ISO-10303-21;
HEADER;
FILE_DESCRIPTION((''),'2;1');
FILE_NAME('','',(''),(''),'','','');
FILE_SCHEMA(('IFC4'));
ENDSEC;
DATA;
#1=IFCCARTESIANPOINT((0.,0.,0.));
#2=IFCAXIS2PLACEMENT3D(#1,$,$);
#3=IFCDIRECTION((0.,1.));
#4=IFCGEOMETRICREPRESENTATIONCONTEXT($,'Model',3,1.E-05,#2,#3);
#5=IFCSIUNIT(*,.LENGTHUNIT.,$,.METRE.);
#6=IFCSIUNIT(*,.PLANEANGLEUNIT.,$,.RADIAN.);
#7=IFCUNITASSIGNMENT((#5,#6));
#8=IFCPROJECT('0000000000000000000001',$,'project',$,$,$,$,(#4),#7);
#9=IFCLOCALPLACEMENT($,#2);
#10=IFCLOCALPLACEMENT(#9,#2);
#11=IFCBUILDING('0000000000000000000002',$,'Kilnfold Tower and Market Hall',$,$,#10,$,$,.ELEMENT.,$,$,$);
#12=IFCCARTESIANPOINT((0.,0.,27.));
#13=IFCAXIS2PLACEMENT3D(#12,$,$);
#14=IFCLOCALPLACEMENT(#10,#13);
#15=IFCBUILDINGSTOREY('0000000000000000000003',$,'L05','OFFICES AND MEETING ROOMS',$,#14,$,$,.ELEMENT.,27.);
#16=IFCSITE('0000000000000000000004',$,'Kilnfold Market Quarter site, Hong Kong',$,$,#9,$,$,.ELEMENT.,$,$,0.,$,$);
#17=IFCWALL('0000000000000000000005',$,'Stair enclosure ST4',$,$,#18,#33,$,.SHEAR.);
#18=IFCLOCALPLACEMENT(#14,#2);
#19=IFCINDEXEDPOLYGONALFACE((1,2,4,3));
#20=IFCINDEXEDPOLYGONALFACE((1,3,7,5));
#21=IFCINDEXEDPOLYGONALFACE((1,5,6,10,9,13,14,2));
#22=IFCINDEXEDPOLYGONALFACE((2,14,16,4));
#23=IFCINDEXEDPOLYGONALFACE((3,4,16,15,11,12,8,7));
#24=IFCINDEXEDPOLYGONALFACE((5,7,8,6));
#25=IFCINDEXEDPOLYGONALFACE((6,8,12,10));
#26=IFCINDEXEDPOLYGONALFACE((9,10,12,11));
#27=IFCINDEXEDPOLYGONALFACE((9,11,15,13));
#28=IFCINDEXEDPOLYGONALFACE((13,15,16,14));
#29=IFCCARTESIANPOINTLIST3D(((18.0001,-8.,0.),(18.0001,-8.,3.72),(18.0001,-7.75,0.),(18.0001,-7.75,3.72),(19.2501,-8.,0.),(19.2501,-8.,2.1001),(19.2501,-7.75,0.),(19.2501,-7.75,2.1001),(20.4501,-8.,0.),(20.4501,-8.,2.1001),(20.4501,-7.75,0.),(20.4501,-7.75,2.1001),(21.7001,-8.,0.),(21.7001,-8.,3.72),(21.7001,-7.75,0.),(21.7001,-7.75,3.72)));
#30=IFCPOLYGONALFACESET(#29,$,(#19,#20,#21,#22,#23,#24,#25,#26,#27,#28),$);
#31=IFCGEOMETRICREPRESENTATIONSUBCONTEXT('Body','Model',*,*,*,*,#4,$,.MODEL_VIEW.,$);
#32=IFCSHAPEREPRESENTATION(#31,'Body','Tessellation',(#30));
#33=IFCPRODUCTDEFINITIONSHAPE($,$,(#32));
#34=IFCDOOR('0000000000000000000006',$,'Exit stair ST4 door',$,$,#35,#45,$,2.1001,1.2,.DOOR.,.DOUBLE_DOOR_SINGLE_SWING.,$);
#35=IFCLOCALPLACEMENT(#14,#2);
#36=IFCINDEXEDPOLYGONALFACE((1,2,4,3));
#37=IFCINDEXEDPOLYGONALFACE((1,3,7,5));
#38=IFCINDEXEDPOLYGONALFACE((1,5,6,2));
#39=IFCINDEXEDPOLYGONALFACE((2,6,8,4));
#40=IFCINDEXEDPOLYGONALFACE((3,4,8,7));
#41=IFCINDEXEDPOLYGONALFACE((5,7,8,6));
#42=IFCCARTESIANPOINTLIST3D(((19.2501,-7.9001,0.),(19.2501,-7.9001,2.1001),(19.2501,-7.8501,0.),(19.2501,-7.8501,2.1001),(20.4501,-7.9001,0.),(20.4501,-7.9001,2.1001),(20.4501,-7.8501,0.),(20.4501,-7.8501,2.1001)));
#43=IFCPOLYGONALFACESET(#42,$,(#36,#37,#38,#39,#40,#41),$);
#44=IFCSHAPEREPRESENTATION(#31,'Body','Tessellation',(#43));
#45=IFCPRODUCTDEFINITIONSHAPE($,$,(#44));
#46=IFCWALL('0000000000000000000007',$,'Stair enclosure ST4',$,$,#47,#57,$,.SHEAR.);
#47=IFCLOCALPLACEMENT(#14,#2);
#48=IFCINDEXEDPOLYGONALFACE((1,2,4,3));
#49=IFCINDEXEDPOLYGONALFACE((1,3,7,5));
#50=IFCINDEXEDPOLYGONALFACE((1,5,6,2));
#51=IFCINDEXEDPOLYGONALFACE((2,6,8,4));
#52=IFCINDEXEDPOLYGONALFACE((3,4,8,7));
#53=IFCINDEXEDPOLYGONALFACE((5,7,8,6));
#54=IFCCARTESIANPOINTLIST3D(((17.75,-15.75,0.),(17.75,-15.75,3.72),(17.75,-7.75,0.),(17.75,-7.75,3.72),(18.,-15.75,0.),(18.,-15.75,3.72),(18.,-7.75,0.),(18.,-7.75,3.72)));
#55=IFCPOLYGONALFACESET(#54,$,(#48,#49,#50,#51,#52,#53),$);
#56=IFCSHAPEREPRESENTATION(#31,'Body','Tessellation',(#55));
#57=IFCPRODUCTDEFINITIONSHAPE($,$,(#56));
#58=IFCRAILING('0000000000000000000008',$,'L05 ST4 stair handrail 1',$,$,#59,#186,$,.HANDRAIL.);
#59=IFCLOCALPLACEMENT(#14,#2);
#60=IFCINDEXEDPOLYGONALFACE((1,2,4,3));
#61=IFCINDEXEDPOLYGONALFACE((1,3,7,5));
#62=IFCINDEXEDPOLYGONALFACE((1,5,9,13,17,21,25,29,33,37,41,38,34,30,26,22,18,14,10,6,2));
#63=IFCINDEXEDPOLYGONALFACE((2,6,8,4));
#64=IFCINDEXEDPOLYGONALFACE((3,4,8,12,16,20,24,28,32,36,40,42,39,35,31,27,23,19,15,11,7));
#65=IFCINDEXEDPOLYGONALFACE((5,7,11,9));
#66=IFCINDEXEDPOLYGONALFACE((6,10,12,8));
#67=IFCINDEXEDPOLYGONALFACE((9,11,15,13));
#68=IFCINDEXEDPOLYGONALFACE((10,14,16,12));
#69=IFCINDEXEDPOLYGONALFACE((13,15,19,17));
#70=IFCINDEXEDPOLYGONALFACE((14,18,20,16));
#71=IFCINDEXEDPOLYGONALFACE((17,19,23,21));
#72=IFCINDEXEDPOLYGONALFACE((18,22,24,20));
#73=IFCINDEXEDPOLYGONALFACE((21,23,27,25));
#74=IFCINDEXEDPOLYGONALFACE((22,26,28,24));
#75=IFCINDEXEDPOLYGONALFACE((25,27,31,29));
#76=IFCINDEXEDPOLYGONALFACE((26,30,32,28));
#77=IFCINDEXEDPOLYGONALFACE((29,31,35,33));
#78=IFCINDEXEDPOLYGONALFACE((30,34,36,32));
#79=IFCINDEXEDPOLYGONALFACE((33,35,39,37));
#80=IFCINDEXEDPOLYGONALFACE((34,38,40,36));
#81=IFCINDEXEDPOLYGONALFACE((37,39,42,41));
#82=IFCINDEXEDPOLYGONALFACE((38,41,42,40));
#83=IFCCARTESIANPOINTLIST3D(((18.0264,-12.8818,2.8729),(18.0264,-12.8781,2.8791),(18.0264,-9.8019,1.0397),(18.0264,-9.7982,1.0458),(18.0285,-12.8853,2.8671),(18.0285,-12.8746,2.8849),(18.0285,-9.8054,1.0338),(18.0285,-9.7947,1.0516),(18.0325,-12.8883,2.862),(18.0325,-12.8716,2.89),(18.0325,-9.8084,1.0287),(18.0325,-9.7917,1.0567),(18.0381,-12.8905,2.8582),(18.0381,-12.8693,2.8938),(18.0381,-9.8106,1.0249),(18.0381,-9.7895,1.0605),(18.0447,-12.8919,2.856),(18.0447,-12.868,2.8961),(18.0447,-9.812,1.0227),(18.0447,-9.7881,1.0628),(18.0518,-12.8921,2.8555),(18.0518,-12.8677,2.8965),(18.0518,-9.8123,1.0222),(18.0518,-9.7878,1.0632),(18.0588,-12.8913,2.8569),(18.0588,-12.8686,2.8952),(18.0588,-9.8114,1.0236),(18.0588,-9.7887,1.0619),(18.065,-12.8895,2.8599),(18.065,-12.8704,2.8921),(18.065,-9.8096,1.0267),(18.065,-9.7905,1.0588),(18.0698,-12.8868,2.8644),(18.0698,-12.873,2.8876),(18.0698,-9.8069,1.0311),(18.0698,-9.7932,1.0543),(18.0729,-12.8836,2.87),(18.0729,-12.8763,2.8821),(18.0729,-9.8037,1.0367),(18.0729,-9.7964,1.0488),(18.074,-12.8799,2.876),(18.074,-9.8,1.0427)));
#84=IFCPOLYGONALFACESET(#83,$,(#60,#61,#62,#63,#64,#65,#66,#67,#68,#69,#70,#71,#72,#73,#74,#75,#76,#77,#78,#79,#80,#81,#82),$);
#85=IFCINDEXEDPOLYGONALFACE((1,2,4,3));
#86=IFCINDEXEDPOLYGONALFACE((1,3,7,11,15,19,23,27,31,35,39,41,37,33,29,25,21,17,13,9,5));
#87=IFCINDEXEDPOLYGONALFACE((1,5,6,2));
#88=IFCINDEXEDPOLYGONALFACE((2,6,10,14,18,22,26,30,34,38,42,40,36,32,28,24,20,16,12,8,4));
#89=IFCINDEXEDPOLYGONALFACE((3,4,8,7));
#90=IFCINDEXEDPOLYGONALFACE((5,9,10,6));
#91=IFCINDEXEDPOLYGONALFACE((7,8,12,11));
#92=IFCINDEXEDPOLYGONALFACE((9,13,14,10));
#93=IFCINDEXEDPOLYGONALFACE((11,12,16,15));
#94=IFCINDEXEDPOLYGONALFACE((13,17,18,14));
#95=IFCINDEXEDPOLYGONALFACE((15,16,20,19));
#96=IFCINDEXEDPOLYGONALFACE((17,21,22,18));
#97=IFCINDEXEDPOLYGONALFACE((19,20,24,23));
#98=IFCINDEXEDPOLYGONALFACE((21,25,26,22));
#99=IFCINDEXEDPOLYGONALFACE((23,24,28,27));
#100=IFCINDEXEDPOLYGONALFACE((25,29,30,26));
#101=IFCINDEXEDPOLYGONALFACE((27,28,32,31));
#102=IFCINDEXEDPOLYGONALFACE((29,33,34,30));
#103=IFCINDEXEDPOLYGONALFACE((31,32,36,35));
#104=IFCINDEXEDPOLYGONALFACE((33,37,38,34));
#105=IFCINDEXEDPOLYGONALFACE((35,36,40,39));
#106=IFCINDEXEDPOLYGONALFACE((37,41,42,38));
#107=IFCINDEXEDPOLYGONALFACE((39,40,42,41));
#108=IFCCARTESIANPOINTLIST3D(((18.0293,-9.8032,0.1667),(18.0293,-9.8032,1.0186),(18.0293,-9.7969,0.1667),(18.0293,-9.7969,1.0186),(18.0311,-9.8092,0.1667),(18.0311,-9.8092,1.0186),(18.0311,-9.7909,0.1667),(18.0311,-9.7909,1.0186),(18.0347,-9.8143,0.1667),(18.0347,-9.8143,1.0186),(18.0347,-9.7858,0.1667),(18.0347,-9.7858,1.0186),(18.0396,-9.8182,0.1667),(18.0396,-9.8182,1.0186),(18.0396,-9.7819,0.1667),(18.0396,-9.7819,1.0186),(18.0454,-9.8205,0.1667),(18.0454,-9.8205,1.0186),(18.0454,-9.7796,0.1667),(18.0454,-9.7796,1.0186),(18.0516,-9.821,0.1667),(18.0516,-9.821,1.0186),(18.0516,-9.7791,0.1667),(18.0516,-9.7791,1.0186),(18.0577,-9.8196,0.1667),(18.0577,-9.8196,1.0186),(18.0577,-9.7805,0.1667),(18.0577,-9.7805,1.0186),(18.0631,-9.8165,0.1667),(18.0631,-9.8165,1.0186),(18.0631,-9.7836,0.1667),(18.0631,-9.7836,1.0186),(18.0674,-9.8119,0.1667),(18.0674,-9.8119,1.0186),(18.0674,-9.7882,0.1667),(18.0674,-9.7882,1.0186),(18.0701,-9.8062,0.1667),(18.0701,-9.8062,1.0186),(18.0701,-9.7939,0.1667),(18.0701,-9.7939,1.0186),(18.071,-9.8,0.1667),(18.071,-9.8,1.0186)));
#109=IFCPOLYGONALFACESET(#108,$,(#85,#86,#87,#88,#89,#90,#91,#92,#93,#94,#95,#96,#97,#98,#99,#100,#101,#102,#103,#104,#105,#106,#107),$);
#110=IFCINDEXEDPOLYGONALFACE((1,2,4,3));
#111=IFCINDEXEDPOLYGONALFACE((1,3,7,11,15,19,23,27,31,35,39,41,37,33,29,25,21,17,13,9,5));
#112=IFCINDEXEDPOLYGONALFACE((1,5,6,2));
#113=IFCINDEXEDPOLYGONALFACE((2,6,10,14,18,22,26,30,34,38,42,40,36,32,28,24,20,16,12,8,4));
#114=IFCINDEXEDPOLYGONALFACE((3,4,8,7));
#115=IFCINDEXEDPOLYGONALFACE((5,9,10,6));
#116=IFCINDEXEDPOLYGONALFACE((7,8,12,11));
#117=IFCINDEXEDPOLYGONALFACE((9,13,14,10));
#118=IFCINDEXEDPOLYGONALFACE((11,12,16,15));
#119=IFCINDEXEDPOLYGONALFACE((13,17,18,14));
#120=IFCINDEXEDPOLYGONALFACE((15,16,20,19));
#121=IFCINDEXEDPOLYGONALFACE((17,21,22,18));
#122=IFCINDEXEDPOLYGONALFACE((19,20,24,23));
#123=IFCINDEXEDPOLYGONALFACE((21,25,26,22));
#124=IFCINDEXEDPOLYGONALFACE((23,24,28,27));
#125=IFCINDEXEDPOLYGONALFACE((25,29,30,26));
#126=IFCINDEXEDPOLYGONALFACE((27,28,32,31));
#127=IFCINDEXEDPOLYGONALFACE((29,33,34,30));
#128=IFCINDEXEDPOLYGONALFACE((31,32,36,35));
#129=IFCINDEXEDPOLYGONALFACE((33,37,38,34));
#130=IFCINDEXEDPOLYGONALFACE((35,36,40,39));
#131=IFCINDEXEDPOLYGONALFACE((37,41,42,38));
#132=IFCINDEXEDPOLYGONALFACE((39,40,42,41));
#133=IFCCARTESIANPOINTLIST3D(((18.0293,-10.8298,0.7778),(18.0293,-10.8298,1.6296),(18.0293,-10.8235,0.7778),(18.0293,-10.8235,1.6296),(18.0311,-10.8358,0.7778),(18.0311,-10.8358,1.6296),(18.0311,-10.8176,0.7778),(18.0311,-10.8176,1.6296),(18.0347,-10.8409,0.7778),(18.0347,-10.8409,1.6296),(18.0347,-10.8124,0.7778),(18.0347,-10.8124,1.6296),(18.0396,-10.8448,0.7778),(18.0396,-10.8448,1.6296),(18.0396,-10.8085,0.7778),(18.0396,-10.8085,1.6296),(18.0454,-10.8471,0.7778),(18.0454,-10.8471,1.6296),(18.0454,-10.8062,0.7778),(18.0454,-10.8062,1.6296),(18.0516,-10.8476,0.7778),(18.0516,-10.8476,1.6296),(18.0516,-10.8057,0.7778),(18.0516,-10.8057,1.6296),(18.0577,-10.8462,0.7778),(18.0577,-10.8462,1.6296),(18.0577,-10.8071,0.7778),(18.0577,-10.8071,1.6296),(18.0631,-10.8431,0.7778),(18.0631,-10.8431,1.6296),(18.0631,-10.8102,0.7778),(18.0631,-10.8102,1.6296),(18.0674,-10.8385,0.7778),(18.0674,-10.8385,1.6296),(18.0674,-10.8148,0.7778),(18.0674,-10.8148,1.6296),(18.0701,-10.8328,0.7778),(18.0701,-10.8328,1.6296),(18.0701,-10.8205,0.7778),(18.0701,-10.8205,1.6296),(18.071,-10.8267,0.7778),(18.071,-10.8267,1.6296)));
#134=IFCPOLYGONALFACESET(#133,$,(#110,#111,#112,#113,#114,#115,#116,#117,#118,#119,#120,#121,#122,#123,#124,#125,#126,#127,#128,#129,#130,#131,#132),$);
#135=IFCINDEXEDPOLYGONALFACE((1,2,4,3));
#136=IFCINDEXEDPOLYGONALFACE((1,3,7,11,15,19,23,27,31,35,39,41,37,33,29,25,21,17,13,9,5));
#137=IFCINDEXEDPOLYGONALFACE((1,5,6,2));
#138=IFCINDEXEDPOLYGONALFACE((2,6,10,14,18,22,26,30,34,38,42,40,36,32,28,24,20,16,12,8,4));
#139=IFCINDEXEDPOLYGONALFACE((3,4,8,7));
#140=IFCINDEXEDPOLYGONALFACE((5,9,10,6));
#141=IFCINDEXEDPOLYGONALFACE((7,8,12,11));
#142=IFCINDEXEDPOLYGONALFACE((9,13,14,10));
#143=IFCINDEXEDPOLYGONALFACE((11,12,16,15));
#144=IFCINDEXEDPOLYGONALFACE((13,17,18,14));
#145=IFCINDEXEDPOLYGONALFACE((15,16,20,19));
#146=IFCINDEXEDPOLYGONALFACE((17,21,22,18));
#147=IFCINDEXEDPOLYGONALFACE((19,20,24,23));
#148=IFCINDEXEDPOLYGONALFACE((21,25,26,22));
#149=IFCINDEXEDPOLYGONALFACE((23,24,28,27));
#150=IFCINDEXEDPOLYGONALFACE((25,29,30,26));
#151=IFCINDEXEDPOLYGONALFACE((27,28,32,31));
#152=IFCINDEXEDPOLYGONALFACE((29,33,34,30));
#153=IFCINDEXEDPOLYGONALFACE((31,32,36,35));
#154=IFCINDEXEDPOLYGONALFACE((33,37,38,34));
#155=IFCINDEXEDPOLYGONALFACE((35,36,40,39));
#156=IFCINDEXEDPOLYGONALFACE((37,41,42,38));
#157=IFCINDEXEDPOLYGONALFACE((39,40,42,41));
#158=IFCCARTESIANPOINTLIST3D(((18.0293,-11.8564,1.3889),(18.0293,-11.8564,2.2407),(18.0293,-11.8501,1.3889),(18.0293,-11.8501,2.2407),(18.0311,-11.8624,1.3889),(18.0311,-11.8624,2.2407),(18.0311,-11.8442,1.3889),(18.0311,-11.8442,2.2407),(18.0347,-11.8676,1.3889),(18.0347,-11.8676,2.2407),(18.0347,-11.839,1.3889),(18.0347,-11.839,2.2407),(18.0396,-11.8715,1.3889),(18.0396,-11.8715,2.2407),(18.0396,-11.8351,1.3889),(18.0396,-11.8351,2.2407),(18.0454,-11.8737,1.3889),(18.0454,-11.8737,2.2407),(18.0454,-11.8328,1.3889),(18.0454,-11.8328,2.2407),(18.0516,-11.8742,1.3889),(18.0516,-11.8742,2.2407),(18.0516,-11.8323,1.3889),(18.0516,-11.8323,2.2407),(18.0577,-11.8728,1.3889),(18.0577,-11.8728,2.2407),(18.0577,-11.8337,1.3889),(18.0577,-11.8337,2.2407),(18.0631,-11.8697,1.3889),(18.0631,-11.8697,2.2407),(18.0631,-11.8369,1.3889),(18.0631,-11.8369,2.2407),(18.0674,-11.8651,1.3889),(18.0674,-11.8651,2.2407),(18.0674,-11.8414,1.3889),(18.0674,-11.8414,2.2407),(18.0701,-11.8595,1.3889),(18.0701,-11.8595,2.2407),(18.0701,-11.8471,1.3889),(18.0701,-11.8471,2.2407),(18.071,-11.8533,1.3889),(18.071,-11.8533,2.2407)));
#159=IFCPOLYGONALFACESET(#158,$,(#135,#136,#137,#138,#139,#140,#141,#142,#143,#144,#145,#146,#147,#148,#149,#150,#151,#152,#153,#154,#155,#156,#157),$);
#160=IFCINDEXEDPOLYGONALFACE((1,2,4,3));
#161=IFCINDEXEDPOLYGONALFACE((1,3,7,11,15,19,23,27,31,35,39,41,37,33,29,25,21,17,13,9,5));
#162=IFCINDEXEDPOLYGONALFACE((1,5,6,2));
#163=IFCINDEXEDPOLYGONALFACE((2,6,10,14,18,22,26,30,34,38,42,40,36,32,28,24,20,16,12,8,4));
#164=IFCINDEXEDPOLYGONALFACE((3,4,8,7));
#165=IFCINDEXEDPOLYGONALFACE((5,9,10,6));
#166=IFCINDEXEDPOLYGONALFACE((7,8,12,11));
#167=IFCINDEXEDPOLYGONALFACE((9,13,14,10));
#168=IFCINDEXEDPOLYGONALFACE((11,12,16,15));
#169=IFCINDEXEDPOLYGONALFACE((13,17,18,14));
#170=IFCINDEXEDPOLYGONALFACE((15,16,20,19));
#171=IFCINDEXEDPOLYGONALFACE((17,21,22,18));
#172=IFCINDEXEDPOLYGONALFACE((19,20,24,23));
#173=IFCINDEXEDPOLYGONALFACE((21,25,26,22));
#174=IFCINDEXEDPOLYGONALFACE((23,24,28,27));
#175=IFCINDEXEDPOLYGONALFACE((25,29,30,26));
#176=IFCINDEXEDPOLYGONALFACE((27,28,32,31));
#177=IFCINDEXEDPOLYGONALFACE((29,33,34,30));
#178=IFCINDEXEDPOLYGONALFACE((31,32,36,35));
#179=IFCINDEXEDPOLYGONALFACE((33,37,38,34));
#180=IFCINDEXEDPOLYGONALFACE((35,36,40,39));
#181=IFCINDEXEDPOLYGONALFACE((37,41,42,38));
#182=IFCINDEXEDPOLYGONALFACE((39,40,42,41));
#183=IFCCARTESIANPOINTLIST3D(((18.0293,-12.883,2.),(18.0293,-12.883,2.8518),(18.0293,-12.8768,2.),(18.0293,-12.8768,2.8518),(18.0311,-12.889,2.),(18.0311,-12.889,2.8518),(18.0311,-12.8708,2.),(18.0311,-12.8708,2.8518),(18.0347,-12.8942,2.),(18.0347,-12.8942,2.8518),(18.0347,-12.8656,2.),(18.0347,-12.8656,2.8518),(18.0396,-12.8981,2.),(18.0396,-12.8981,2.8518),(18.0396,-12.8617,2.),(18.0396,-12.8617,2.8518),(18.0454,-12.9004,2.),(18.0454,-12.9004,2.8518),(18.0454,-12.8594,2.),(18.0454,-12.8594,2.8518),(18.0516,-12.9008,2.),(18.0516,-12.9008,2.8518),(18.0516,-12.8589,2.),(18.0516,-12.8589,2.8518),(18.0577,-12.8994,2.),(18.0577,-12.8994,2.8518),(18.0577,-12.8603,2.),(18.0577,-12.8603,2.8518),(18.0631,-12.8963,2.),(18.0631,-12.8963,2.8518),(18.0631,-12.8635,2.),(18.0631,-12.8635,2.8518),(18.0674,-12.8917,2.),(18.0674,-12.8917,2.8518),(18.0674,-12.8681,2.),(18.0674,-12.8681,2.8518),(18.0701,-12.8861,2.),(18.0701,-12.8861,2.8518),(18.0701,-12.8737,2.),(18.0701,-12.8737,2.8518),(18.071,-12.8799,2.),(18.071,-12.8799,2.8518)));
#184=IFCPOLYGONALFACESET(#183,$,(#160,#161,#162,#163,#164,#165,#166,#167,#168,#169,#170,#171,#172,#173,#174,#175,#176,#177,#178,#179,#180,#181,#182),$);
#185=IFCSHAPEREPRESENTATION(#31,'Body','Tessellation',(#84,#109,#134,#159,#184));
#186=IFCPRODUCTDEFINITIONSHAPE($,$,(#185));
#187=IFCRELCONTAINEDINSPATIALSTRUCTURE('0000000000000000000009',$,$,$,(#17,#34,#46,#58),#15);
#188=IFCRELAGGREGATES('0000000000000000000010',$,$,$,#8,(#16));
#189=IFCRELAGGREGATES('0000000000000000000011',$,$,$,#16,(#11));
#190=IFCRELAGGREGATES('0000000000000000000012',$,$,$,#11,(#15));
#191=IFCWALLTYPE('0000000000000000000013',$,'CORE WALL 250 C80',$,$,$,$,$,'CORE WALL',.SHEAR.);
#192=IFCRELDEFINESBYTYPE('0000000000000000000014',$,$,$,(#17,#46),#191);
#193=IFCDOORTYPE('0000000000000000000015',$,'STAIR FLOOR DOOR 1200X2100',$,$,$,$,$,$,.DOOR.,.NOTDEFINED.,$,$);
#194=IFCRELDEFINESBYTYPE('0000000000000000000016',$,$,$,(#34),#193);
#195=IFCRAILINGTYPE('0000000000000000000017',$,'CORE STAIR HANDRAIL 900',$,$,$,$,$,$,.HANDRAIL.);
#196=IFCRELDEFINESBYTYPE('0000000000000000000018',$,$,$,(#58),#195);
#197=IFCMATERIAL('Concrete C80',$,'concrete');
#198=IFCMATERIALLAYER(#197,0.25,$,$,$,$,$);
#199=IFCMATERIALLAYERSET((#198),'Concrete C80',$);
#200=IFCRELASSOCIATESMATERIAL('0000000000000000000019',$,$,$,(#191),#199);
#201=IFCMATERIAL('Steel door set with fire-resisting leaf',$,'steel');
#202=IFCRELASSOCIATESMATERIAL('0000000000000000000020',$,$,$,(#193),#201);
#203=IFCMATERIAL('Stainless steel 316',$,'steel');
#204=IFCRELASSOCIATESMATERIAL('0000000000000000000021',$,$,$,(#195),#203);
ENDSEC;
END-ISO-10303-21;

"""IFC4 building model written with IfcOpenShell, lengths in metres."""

from ifc_helpers import new_model, si_unit, direction, frame, frame_2d, origin, origin_2d, place, context, subcontext, project, spatial, rectangle, circle, extrude, source, transform, mapped, material, layer, layer_set, type_object, element, fill, save


model = new_model("IFC4")

# Units and contexts
model_context = context("Model", 3, precision=1e-05, world=origin(), true_north=direction((0.0, 1.0)))
body_context = subcontext(model_context, "Body", "Model", "MODEL_VIEW")
ifc_project = project(units=[si_unit("LENGTHUNIT", "METRE"), si_unit("PLANEANGLEUNIT", "RADIAN")], contexts=[model_context])

# Site, building, storey
site_placement = place(None, origin())
site = spatial("IfcSite", under=ifc_project, at=site_placement, Name="Kilnfold Market Quarter site, Hong Kong", CompositionType="ELEMENT", RefElevation=0.0)
building_placement = place(site_placement, origin())
building = spatial("IfcBuilding", under=site, at=building_placement, Name="Kilnfold Tower and Market Hall", CompositionType="ELEMENT")
storey_placement = place(building_placement, frame((0.0, 0.0, 27.0)))
storey = spatial("IfcBuildingStorey", under=building, at=storey_placement, Name="L05", Description="OFFICES AND MEETING ROOMS", CompositionType="ELEMENT", Elevation=27.0)

# Shared definitions
ifc_material_1 = material(Name="Concrete C80", Category="concrete")
ifc_layer_1 = layer(ifc_material_1, 0.25)
ifc_layer_set_1 = layer_set([ifc_layer_1], Name="Concrete C80")
wall_type_1 = type_object("IfcWallType", Name="CORE WALL 250 C80", ElementType="CORE WALL", PredefinedType="SHEAR", material=ifc_layer_set_1)
shared_shape_1 = source(origin(), body_context, "Body", "SweptSolid", [
    extrude(rectangle(XDim=3.7, YDim=0.25, at=frame_2d((1.8501, 0.0))), origin(), (0.0, 0.0, 1.0), 3.72),
])

# Wall, opening, door
wall_1_placement = place(storey_placement, frame((18.0, -7.875, 0.0), z_axis=(0.0, 0.0, 1.0), x_axis=(1.0, 0.0, 0.0)))
wall_1 = element("IfcWall", 1, at=wall_1_placement, inside=storey, type_object=wall_type_1, Name="Stair enclosure ST4", PredefinedType="SHEAR", context=body_context, shape_type="MappedRepresentation", body=[
    mapped(shared_shape_1, transform((0.0, 0.0, 0.0))),
])
opening_1_placement = place(wall_1_placement, frame((1.25, 0.0, 0.0)))
opening_1 = element("IfcOpeningElement", 2, at=opening_1_placement, cuts=wall_1, PredefinedType="OPENING", context=body_context, shape_type="SweptSolid", body=[
    extrude(rectangle(XDim=1.2, YDim=2.1001, at=frame_2d((0.6001, 1.05))), frame((0.0, 0.135, 0.0), z_axis=(0.0, -1.0, 0.0), x_axis=(1.0, 0.0, 0.0)), (0.0, 0.0, 1.0), 0.27),
])
ifc_material_2 = material(Name="Steel door set with fire-resisting leaf", Category="steel")
door_type_1 = type_object("IfcDoorType", Name="STAIR FLOOR DOOR 1200X2100", OperationType="NOTDEFINED", PredefinedType="DOOR", material=ifc_material_2)
door_1_placement = place(opening_1_placement, origin())
door_1 = element("IfcDoor", 3, at=door_1_placement, inside=storey, type_object=door_type_1, Name="Exit stair ST4 door", OperationType="DOUBLE_DOOR_SINGLE_SWING", OverallHeight=2.1001, OverallWidth=1.2, PredefinedType="DOOR", context=body_context, shape_type="SweptSolid", body=[
    extrude(rectangle(XDim=1.2, YDim=2.1001, at=frame_2d((0.6001, 1.05))), frame((0.0, 0.0249, 0.0), z_axis=(0.0, -1.0, 0.0), x_axis=(1.0, 0.0, 0.0)), (0.0, 0.0, 1.0), 0.05),
])
fill(opening_1, door_1)

# Wall
shared_shape_2 = source(origin(), body_context, "Body", "SweptSolid", [
    extrude(rectangle(XDim=8.0, YDim=0.25, at=frame_2d((4.0, 0.0))), origin(), (0.0, 0.0, 1.0), 3.72),
])
wall_2_placement = place(storey_placement, frame((17.875, -15.75, 0.0), z_axis=(0.0, 0.0, 1.0), x_axis=(0.0, 1.0, 0.0)))
element("IfcWall", 4, at=wall_2_placement, inside=storey, type_object=wall_type_1, Name="Stair enclosure ST4", PredefinedType="SHEAR", context=body_context, shape_type="MappedRepresentation", body=[
    mapped(shared_shape_2, transform((0.0, 0.0, 0.0))),
])

# Railing
ifc_material_3 = material(Name="Stainless steel 316", Category="steel")
railing_type = type_object("IfcRailingType", Name="CORE STAIR HANDRAIL 900", PredefinedType="HANDRAIL", material=ifc_material_3)
railing_placement = place(storey_placement, frame((18.05, -9.8, 0.1667)))
element("IfcRailing", 5, at=railing_placement, inside=storey, type_object=railing_type, Name="L05 ST4 stair handrail 1", PredefinedType="HANDRAIL", context=body_context, shape_type="SweptSolid", body=[
    extrude(circle(Radius=0.0239, at=origin_2d()), frame((0.0, 0.0, 0.876), z_axis=(0.0, -0.859291, 0.511487), x_axis=(1.0, 0.0, 0.0)), (0.0, 0.0, 1.0), 3.5842),
    extrude(circle(Radius=0.021, at=origin_2d()), origin(), (0.0, 0.0, 1.0), 0.8518),
    extrude(circle(Radius=0.021, at=origin_2d()), frame((0.0, -1.0266, 0.6111)), (0.0, 0.0, 1.0), 0.8518),
    extrude(circle(Radius=0.021, at=origin_2d()), frame((0.0, -2.0532, 1.2222)), (0.0, 0.0, 1.0), 0.8518),
    extrude(circle(Radius=0.021, at=origin_2d()), frame((0.0, -3.0798, 1.8333)), (0.0, 0.0, 1.0), 0.8518),
])

save(model, "model.ifc")
